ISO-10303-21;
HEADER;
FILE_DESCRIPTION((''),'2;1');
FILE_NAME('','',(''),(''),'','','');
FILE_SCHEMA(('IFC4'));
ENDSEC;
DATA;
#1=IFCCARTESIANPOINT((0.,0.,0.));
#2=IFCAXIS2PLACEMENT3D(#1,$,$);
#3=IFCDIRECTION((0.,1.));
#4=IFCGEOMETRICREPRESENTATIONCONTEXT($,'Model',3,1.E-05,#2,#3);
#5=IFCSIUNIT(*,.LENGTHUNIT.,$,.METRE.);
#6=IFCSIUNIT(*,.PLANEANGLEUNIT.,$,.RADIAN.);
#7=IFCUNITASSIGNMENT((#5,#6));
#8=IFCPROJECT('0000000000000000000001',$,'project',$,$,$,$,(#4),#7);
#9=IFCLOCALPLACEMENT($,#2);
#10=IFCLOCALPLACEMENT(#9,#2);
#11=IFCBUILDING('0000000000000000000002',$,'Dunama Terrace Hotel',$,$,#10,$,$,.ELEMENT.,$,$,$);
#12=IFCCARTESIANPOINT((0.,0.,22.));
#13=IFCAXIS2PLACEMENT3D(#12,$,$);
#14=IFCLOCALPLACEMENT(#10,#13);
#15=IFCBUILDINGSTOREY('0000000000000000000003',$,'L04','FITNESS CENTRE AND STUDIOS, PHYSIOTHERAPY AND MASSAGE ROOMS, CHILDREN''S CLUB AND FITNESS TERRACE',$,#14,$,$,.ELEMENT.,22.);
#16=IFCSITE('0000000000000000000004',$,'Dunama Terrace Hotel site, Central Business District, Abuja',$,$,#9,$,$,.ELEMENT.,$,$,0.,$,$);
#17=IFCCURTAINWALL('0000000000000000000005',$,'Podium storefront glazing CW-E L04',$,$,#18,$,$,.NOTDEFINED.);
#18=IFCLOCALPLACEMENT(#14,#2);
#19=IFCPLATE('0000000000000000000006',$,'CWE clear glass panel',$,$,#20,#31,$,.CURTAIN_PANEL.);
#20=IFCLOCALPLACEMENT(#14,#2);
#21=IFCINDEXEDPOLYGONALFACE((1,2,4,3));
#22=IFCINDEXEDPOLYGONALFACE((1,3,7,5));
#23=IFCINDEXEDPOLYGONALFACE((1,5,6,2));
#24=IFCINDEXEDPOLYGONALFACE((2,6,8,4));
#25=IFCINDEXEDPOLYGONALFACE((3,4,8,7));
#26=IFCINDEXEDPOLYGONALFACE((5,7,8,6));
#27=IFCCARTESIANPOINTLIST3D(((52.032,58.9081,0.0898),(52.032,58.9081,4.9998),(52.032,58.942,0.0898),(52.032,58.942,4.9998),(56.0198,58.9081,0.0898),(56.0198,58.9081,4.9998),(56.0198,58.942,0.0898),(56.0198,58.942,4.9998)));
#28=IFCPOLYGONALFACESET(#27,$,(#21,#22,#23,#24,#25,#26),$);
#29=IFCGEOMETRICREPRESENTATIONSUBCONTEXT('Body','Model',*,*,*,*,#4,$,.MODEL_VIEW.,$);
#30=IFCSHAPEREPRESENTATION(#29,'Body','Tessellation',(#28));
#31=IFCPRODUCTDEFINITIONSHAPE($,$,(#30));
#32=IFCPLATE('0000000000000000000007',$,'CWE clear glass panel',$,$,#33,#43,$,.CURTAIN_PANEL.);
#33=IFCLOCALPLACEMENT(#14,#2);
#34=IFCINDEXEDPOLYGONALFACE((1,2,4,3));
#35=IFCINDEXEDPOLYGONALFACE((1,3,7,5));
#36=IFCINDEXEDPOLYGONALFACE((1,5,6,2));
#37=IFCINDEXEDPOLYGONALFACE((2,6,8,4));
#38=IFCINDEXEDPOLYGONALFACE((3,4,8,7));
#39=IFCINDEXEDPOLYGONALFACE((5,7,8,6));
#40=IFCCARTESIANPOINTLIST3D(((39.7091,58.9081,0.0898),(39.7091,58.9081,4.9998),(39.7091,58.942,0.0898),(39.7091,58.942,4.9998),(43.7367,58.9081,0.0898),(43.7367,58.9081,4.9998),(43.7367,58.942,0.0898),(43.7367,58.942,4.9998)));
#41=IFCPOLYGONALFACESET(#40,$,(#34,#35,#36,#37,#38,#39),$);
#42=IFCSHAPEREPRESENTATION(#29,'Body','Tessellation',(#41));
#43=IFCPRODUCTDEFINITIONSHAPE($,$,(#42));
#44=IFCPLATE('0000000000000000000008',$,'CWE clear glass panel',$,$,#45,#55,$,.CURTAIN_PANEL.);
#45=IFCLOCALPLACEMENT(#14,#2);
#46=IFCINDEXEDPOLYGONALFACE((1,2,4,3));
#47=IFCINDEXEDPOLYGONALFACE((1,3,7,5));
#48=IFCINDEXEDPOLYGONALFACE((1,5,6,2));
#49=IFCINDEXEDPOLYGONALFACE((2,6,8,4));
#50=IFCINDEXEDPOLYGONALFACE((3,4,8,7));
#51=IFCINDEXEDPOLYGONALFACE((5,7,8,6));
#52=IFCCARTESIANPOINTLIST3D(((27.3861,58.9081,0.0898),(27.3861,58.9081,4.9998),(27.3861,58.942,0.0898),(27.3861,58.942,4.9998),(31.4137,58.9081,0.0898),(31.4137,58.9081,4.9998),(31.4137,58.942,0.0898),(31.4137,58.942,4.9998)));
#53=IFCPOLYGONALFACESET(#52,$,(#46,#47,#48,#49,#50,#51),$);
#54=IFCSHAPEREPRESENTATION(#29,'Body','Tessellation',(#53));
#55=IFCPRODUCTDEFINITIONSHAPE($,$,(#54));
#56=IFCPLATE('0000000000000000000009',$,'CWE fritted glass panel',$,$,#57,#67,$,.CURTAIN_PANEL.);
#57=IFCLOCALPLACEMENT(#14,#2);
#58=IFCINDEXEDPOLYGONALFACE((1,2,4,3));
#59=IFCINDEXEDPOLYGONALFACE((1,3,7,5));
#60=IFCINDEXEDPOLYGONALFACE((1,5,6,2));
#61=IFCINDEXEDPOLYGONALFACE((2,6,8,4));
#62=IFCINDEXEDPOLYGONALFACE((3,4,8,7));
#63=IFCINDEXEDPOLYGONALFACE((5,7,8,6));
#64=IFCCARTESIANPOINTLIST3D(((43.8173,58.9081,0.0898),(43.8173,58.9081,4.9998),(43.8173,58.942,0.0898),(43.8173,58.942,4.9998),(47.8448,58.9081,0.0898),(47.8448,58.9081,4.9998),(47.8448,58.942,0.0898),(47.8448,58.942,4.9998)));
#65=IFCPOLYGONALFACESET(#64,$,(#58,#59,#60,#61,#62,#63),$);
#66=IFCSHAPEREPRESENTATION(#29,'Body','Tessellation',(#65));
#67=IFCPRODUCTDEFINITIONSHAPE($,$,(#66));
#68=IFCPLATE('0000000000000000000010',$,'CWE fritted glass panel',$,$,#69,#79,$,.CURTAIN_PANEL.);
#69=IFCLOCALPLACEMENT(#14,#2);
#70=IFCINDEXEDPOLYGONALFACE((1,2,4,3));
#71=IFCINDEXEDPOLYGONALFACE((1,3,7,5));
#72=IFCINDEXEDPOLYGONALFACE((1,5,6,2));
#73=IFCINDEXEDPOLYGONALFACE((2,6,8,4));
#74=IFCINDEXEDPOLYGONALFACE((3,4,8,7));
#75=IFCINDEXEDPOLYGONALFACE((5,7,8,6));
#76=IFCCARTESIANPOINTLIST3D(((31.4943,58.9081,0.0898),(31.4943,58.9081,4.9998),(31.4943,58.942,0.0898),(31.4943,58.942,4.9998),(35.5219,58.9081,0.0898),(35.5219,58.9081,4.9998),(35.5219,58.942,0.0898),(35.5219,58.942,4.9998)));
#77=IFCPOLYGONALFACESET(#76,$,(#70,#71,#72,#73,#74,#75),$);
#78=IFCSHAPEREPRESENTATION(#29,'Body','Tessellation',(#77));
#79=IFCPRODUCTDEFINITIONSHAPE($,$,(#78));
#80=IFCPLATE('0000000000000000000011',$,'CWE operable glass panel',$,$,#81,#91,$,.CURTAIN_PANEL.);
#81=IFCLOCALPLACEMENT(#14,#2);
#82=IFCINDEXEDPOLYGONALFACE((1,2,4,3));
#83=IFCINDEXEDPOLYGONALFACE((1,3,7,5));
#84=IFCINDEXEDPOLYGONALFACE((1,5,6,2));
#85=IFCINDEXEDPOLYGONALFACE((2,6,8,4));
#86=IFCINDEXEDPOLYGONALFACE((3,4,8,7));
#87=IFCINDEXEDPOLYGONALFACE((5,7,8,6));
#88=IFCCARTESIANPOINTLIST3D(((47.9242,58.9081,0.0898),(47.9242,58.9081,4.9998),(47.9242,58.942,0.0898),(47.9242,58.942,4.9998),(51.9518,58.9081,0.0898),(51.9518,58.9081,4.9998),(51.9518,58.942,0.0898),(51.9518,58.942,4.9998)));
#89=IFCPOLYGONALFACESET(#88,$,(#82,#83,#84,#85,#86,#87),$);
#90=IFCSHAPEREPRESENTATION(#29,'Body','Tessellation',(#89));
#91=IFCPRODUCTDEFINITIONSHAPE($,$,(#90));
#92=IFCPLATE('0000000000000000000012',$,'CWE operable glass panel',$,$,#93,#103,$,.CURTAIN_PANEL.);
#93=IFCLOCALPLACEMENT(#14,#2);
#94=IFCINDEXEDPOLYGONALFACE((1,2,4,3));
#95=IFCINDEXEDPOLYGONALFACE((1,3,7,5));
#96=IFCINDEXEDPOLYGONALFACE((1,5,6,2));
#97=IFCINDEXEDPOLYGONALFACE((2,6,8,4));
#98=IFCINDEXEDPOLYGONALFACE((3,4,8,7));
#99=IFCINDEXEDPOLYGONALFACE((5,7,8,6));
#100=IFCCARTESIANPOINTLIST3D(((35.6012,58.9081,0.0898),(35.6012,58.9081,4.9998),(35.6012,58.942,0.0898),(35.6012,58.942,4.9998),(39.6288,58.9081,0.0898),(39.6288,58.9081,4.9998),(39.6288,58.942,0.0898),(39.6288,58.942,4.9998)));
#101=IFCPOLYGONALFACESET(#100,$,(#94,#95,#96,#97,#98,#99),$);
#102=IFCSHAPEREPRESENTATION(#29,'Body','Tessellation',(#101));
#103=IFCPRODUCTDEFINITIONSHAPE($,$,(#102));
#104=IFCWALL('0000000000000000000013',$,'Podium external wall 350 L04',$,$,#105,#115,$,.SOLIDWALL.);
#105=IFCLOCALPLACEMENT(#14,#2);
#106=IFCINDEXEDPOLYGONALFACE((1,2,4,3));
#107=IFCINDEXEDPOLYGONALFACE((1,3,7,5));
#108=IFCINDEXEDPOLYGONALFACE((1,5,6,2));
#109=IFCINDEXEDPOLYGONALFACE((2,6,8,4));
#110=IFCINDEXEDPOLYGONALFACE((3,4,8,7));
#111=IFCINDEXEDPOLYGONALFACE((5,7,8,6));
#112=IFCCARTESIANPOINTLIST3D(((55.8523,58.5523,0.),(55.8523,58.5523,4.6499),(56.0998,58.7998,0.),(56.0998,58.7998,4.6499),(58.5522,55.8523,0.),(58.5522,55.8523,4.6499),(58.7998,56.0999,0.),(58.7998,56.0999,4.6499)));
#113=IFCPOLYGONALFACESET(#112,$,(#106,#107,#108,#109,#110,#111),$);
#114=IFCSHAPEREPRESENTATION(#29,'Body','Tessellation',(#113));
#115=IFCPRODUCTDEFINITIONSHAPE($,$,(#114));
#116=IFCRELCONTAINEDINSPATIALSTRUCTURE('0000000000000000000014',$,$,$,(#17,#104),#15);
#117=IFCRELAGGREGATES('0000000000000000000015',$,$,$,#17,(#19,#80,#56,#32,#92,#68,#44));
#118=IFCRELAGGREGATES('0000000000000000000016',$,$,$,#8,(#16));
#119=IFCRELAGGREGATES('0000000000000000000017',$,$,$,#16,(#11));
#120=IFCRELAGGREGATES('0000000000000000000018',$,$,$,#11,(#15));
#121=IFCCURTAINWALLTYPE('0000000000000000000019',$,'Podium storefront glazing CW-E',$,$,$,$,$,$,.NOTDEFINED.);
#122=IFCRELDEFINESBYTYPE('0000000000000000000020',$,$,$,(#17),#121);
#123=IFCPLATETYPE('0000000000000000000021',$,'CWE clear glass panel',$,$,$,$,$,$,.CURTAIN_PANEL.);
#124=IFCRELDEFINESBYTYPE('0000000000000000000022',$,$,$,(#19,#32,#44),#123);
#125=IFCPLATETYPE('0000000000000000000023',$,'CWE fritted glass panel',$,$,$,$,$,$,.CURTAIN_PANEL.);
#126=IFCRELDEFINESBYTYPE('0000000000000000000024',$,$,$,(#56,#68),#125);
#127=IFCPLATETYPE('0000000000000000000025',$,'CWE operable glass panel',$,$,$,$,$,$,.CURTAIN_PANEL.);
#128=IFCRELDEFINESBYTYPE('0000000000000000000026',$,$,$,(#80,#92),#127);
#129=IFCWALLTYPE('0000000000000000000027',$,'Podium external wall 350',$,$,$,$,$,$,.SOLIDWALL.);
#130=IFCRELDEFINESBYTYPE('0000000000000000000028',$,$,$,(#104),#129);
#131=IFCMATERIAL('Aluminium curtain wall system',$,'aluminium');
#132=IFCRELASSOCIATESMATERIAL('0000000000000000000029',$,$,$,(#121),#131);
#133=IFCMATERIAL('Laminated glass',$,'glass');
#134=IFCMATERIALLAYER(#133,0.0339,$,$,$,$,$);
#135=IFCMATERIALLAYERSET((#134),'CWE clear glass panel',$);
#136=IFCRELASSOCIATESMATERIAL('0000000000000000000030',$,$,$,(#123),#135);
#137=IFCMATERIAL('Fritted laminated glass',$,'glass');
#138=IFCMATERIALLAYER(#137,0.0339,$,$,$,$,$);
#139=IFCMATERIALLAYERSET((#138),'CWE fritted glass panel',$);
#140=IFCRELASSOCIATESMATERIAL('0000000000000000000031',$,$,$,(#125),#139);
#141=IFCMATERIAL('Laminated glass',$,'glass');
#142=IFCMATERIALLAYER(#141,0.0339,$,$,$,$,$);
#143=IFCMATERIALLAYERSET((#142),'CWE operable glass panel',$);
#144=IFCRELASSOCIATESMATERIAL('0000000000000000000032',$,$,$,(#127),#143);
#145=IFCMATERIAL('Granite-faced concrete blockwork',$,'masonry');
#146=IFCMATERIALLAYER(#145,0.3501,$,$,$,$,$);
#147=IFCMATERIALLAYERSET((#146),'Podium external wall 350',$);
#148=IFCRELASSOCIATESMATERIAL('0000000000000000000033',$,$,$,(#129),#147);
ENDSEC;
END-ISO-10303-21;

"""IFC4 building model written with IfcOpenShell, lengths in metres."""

from ifc_helpers import new_model, si_unit, direction, frame, frame_2d, origin, origin_2d, place, context, subcontext, project, spatial, rectangle, extrude, material, layer, layer_set, type_object, element, aggregate, save


model = new_model("IFC4")

# Units and contexts
model_context = context("Model", 3, precision=1e-05, world=origin(), true_north=direction((0.0, 1.0)))
body_context = subcontext(model_context, "Body", "Model", "MODEL_VIEW")
ifc_project = project(units=[si_unit("LENGTHUNIT", "METRE"), si_unit("PLANEANGLEUNIT", "RADIAN")], contexts=[model_context])

# Site, building, storey
site_placement = place(None, origin())
site = spatial("IfcSite", under=ifc_project, at=site_placement, Name="Dunama Terrace Hotel site, Central Business District, Abuja", CompositionType="ELEMENT", RefElevation=0.0)
building_placement = place(site_placement, origin())
building = spatial("IfcBuilding", under=site, at=building_placement, Name="Dunama Terrace Hotel", CompositionType="ELEMENT")
storey_placement = place(building_placement, frame((0.0, 0.0, 22.0)))
storey = spatial("IfcBuildingStorey", under=building, at=storey_placement, Name="L04", Description="FITNESS CENTRE AND STUDIOS, PHYSIOTHERAPY AND MASSAGE ROOMS, CHILDREN'S CLUB AND FITNESS TERRACE", CompositionType="ELEMENT", Elevation=22.0)

# Curtain wall
ifc_material_1 = material(Name="Aluminium curtain wall system", Category="aluminium")
curtain_wall_type = type_object("IfcCurtainWallType", Name="Podium storefront glazing CW-E", PredefinedType="NOTDEFINED", material=ifc_material_1)
curtain_wall_1_placement = place(storey_placement, origin())
curtain_wall_1 = element("IfcCurtainWall", 1, at=curtain_wall_1_placement, inside=storey, type_object=curtain_wall_type, Name="Podium storefront glazing CW-E L04", PredefinedType="NOTDEFINED")

# Plates
ifc_material_2 = material(Name="Laminated glass", Category="glass")
ifc_layer_1 = layer(ifc_material_2, 0.0339)
ifc_layer_set_1 = layer_set([ifc_layer_1], Name="CWE clear glass panel")
plate_type_1 = type_object("IfcPlateType", Name="CWE clear glass panel", PredefinedType="CURTAIN_PANEL", material=ifc_layer_set_1)
plate_1_placement = place(storey_placement, frame((54.0259, 58.925, 0.0898), z_axis=(0.0, 0.0, 1.0), x_axis=(-1.0, 0.0, 0.0)))
plate_1 = element("IfcPlate", 2, at=plate_1_placement, type_object=plate_type_1, Name="CWE clear glass panel", PredefinedType="CURTAIN_PANEL", context=body_context, shape_type="SweptSolid", body=[
    extrude(rectangle(XDim=3.9878, YDim=0.0339, at=origin_2d()), origin(), (0.0, 0.0, 1.0), 4.9099),
])
plate_2_placement = place(storey_placement, frame((41.7229, 58.925, 0.0898), z_axis=(0.0, 0.0, 1.0), x_axis=(-1.0, 0.0, 0.0)))
plate_2 = element("IfcPlate", 3, at=plate_2_placement, type_object=plate_type_1, Name="CWE clear glass panel", PredefinedType="CURTAIN_PANEL", context=body_context, shape_type="SweptSolid", body=[
    extrude(rectangle(XDim=4.0276, YDim=0.0339, at=origin_2d()), origin(), (0.0, 0.0, 1.0), 4.9099),
])
plate_3_placement = place(storey_placement, frame((29.3999, 58.925, 0.0898), z_axis=(0.0, 0.0, 1.0), x_axis=(-1.0, 0.0, 0.0)))
plate_3 = element("IfcPlate", 4, at=plate_3_placement, type_object=plate_type_1, Name="CWE clear glass panel", PredefinedType="CURTAIN_PANEL", context=body_context, shape_type="SweptSolid", body=[
    extrude(rectangle(XDim=4.0276, YDim=0.0339, at=origin_2d()), origin(), (0.0, 0.0, 1.0), 4.9099),
])
ifc_material_3 = material(Name="Fritted laminated glass", Category="glass")
ifc_layer_2 = layer(ifc_material_3, 0.0339)
ifc_layer_set_2 = layer_set([ifc_layer_2], Name="CWE fritted glass panel")
plate_type_2 = type_object("IfcPlateType", Name="CWE fritted glass panel", PredefinedType="CURTAIN_PANEL", material=ifc_layer_set_2)
plate_4_placement = place(storey_placement, frame((45.8311, 58.925, 0.0898), z_axis=(0.0, 0.0, 1.0), x_axis=(-1.0, 0.0, 0.0)))
plate_4 = element("IfcPlate", 5, at=plate_4_placement, type_object=plate_type_2, Name="CWE fritted glass panel", PredefinedType="CURTAIN_PANEL", context=body_context, shape_type="SweptSolid", body=[
    extrude(rectangle(XDim=4.0276, YDim=0.0339, at=origin_2d()), origin(), (0.0, 0.0, 1.0), 4.9099),
])
plate_5_placement = place(storey_placement, frame((33.5081, 58.925, 0.0898), z_axis=(0.0, 0.0, 1.0), x_axis=(-1.0, 0.0, 0.0)))
plate_5 = element("IfcPlate", 6, at=plate_5_placement, type_object=plate_type_2, Name="CWE fritted glass panel", PredefinedType="CURTAIN_PANEL", context=body_context, shape_type="SweptSolid", body=[
    extrude(rectangle(XDim=4.0276, YDim=0.0339, at=origin_2d()), origin(), (0.0, 0.0, 1.0), 4.9099),
])
ifc_material_4 = material(Name="Laminated glass", Category="glass")
ifc_layer_3 = layer(ifc_material_4, 0.0339)
ifc_layer_set_3 = layer_set([ifc_layer_3], Name="CWE operable glass panel")
plate_type_3 = type_object("IfcPlateType", Name="CWE operable glass panel", PredefinedType="CURTAIN_PANEL", material=ifc_layer_set_3)
plate_6_placement = place(storey_placement, frame((49.938, 58.925, 0.0898), z_axis=(0.0, 0.0, 1.0), x_axis=(-1.0, 0.0, 0.0)))
plate_6 = element("IfcPlate", 7, at=plate_6_placement, type_object=plate_type_3, Name="CWE operable glass panel", PredefinedType="CURTAIN_PANEL", context=body_context, shape_type="SweptSolid", body=[
    extrude(rectangle(XDim=4.0276, YDim=0.0339, at=origin_2d()), origin(), (0.0, 0.0, 1.0), 4.9099),
])
plate_7_placement = place(storey_placement, frame((37.615, 58.925, 0.0898), z_axis=(0.0, 0.0, 1.0), x_axis=(-1.0, 0.0, 0.0)))
plate_7 = element("IfcPlate", 8, at=plate_7_placement, type_object=plate_type_3, Name="CWE operable glass panel", PredefinedType="CURTAIN_PANEL", context=body_context, shape_type="SweptSolid", body=[
    extrude(rectangle(XDim=4.0276, YDim=0.0339, at=origin_2d()), origin(), (0.0, 0.0, 1.0), 4.9099),
])
aggregate(curtain_wall_1, [plate_1, plate_6, plate_4, plate_2, plate_7, plate_5, plate_3])

# Wall
ifc_material_5 = material(Name="Granite-faced concrete blockwork", Category="masonry")
ifc_layer_4 = layer(ifc_material_5, 0.3501)
ifc_layer_set_4 = layer_set([ifc_layer_4], Name="Podium external wall 350")
wall_type = type_object("IfcWallType", Name="Podium external wall 350", PredefinedType="SOLIDWALL", material=ifc_layer_set_4)
wall_placement = place(storey_placement, frame((58.676, 55.9761, 0.0), z_axis=(0.0, 0.0, 1.0), x_axis=(-0.707107, 0.707107, 0.0)))
element("IfcWall", 9, at=wall_placement, inside=storey, type_object=wall_type, Name="Podium external wall 350 L04", PredefinedType="SOLIDWALL", context=body_context, shape_type="SweptSolid", body=[
    extrude(rectangle(XDim=3.8184, YDim=0.3501, at=frame_2d((1.9092, 0.0))), origin(), (0.0, 0.0, 1.0), 4.6499),
])

save(model, "model.ifc")
